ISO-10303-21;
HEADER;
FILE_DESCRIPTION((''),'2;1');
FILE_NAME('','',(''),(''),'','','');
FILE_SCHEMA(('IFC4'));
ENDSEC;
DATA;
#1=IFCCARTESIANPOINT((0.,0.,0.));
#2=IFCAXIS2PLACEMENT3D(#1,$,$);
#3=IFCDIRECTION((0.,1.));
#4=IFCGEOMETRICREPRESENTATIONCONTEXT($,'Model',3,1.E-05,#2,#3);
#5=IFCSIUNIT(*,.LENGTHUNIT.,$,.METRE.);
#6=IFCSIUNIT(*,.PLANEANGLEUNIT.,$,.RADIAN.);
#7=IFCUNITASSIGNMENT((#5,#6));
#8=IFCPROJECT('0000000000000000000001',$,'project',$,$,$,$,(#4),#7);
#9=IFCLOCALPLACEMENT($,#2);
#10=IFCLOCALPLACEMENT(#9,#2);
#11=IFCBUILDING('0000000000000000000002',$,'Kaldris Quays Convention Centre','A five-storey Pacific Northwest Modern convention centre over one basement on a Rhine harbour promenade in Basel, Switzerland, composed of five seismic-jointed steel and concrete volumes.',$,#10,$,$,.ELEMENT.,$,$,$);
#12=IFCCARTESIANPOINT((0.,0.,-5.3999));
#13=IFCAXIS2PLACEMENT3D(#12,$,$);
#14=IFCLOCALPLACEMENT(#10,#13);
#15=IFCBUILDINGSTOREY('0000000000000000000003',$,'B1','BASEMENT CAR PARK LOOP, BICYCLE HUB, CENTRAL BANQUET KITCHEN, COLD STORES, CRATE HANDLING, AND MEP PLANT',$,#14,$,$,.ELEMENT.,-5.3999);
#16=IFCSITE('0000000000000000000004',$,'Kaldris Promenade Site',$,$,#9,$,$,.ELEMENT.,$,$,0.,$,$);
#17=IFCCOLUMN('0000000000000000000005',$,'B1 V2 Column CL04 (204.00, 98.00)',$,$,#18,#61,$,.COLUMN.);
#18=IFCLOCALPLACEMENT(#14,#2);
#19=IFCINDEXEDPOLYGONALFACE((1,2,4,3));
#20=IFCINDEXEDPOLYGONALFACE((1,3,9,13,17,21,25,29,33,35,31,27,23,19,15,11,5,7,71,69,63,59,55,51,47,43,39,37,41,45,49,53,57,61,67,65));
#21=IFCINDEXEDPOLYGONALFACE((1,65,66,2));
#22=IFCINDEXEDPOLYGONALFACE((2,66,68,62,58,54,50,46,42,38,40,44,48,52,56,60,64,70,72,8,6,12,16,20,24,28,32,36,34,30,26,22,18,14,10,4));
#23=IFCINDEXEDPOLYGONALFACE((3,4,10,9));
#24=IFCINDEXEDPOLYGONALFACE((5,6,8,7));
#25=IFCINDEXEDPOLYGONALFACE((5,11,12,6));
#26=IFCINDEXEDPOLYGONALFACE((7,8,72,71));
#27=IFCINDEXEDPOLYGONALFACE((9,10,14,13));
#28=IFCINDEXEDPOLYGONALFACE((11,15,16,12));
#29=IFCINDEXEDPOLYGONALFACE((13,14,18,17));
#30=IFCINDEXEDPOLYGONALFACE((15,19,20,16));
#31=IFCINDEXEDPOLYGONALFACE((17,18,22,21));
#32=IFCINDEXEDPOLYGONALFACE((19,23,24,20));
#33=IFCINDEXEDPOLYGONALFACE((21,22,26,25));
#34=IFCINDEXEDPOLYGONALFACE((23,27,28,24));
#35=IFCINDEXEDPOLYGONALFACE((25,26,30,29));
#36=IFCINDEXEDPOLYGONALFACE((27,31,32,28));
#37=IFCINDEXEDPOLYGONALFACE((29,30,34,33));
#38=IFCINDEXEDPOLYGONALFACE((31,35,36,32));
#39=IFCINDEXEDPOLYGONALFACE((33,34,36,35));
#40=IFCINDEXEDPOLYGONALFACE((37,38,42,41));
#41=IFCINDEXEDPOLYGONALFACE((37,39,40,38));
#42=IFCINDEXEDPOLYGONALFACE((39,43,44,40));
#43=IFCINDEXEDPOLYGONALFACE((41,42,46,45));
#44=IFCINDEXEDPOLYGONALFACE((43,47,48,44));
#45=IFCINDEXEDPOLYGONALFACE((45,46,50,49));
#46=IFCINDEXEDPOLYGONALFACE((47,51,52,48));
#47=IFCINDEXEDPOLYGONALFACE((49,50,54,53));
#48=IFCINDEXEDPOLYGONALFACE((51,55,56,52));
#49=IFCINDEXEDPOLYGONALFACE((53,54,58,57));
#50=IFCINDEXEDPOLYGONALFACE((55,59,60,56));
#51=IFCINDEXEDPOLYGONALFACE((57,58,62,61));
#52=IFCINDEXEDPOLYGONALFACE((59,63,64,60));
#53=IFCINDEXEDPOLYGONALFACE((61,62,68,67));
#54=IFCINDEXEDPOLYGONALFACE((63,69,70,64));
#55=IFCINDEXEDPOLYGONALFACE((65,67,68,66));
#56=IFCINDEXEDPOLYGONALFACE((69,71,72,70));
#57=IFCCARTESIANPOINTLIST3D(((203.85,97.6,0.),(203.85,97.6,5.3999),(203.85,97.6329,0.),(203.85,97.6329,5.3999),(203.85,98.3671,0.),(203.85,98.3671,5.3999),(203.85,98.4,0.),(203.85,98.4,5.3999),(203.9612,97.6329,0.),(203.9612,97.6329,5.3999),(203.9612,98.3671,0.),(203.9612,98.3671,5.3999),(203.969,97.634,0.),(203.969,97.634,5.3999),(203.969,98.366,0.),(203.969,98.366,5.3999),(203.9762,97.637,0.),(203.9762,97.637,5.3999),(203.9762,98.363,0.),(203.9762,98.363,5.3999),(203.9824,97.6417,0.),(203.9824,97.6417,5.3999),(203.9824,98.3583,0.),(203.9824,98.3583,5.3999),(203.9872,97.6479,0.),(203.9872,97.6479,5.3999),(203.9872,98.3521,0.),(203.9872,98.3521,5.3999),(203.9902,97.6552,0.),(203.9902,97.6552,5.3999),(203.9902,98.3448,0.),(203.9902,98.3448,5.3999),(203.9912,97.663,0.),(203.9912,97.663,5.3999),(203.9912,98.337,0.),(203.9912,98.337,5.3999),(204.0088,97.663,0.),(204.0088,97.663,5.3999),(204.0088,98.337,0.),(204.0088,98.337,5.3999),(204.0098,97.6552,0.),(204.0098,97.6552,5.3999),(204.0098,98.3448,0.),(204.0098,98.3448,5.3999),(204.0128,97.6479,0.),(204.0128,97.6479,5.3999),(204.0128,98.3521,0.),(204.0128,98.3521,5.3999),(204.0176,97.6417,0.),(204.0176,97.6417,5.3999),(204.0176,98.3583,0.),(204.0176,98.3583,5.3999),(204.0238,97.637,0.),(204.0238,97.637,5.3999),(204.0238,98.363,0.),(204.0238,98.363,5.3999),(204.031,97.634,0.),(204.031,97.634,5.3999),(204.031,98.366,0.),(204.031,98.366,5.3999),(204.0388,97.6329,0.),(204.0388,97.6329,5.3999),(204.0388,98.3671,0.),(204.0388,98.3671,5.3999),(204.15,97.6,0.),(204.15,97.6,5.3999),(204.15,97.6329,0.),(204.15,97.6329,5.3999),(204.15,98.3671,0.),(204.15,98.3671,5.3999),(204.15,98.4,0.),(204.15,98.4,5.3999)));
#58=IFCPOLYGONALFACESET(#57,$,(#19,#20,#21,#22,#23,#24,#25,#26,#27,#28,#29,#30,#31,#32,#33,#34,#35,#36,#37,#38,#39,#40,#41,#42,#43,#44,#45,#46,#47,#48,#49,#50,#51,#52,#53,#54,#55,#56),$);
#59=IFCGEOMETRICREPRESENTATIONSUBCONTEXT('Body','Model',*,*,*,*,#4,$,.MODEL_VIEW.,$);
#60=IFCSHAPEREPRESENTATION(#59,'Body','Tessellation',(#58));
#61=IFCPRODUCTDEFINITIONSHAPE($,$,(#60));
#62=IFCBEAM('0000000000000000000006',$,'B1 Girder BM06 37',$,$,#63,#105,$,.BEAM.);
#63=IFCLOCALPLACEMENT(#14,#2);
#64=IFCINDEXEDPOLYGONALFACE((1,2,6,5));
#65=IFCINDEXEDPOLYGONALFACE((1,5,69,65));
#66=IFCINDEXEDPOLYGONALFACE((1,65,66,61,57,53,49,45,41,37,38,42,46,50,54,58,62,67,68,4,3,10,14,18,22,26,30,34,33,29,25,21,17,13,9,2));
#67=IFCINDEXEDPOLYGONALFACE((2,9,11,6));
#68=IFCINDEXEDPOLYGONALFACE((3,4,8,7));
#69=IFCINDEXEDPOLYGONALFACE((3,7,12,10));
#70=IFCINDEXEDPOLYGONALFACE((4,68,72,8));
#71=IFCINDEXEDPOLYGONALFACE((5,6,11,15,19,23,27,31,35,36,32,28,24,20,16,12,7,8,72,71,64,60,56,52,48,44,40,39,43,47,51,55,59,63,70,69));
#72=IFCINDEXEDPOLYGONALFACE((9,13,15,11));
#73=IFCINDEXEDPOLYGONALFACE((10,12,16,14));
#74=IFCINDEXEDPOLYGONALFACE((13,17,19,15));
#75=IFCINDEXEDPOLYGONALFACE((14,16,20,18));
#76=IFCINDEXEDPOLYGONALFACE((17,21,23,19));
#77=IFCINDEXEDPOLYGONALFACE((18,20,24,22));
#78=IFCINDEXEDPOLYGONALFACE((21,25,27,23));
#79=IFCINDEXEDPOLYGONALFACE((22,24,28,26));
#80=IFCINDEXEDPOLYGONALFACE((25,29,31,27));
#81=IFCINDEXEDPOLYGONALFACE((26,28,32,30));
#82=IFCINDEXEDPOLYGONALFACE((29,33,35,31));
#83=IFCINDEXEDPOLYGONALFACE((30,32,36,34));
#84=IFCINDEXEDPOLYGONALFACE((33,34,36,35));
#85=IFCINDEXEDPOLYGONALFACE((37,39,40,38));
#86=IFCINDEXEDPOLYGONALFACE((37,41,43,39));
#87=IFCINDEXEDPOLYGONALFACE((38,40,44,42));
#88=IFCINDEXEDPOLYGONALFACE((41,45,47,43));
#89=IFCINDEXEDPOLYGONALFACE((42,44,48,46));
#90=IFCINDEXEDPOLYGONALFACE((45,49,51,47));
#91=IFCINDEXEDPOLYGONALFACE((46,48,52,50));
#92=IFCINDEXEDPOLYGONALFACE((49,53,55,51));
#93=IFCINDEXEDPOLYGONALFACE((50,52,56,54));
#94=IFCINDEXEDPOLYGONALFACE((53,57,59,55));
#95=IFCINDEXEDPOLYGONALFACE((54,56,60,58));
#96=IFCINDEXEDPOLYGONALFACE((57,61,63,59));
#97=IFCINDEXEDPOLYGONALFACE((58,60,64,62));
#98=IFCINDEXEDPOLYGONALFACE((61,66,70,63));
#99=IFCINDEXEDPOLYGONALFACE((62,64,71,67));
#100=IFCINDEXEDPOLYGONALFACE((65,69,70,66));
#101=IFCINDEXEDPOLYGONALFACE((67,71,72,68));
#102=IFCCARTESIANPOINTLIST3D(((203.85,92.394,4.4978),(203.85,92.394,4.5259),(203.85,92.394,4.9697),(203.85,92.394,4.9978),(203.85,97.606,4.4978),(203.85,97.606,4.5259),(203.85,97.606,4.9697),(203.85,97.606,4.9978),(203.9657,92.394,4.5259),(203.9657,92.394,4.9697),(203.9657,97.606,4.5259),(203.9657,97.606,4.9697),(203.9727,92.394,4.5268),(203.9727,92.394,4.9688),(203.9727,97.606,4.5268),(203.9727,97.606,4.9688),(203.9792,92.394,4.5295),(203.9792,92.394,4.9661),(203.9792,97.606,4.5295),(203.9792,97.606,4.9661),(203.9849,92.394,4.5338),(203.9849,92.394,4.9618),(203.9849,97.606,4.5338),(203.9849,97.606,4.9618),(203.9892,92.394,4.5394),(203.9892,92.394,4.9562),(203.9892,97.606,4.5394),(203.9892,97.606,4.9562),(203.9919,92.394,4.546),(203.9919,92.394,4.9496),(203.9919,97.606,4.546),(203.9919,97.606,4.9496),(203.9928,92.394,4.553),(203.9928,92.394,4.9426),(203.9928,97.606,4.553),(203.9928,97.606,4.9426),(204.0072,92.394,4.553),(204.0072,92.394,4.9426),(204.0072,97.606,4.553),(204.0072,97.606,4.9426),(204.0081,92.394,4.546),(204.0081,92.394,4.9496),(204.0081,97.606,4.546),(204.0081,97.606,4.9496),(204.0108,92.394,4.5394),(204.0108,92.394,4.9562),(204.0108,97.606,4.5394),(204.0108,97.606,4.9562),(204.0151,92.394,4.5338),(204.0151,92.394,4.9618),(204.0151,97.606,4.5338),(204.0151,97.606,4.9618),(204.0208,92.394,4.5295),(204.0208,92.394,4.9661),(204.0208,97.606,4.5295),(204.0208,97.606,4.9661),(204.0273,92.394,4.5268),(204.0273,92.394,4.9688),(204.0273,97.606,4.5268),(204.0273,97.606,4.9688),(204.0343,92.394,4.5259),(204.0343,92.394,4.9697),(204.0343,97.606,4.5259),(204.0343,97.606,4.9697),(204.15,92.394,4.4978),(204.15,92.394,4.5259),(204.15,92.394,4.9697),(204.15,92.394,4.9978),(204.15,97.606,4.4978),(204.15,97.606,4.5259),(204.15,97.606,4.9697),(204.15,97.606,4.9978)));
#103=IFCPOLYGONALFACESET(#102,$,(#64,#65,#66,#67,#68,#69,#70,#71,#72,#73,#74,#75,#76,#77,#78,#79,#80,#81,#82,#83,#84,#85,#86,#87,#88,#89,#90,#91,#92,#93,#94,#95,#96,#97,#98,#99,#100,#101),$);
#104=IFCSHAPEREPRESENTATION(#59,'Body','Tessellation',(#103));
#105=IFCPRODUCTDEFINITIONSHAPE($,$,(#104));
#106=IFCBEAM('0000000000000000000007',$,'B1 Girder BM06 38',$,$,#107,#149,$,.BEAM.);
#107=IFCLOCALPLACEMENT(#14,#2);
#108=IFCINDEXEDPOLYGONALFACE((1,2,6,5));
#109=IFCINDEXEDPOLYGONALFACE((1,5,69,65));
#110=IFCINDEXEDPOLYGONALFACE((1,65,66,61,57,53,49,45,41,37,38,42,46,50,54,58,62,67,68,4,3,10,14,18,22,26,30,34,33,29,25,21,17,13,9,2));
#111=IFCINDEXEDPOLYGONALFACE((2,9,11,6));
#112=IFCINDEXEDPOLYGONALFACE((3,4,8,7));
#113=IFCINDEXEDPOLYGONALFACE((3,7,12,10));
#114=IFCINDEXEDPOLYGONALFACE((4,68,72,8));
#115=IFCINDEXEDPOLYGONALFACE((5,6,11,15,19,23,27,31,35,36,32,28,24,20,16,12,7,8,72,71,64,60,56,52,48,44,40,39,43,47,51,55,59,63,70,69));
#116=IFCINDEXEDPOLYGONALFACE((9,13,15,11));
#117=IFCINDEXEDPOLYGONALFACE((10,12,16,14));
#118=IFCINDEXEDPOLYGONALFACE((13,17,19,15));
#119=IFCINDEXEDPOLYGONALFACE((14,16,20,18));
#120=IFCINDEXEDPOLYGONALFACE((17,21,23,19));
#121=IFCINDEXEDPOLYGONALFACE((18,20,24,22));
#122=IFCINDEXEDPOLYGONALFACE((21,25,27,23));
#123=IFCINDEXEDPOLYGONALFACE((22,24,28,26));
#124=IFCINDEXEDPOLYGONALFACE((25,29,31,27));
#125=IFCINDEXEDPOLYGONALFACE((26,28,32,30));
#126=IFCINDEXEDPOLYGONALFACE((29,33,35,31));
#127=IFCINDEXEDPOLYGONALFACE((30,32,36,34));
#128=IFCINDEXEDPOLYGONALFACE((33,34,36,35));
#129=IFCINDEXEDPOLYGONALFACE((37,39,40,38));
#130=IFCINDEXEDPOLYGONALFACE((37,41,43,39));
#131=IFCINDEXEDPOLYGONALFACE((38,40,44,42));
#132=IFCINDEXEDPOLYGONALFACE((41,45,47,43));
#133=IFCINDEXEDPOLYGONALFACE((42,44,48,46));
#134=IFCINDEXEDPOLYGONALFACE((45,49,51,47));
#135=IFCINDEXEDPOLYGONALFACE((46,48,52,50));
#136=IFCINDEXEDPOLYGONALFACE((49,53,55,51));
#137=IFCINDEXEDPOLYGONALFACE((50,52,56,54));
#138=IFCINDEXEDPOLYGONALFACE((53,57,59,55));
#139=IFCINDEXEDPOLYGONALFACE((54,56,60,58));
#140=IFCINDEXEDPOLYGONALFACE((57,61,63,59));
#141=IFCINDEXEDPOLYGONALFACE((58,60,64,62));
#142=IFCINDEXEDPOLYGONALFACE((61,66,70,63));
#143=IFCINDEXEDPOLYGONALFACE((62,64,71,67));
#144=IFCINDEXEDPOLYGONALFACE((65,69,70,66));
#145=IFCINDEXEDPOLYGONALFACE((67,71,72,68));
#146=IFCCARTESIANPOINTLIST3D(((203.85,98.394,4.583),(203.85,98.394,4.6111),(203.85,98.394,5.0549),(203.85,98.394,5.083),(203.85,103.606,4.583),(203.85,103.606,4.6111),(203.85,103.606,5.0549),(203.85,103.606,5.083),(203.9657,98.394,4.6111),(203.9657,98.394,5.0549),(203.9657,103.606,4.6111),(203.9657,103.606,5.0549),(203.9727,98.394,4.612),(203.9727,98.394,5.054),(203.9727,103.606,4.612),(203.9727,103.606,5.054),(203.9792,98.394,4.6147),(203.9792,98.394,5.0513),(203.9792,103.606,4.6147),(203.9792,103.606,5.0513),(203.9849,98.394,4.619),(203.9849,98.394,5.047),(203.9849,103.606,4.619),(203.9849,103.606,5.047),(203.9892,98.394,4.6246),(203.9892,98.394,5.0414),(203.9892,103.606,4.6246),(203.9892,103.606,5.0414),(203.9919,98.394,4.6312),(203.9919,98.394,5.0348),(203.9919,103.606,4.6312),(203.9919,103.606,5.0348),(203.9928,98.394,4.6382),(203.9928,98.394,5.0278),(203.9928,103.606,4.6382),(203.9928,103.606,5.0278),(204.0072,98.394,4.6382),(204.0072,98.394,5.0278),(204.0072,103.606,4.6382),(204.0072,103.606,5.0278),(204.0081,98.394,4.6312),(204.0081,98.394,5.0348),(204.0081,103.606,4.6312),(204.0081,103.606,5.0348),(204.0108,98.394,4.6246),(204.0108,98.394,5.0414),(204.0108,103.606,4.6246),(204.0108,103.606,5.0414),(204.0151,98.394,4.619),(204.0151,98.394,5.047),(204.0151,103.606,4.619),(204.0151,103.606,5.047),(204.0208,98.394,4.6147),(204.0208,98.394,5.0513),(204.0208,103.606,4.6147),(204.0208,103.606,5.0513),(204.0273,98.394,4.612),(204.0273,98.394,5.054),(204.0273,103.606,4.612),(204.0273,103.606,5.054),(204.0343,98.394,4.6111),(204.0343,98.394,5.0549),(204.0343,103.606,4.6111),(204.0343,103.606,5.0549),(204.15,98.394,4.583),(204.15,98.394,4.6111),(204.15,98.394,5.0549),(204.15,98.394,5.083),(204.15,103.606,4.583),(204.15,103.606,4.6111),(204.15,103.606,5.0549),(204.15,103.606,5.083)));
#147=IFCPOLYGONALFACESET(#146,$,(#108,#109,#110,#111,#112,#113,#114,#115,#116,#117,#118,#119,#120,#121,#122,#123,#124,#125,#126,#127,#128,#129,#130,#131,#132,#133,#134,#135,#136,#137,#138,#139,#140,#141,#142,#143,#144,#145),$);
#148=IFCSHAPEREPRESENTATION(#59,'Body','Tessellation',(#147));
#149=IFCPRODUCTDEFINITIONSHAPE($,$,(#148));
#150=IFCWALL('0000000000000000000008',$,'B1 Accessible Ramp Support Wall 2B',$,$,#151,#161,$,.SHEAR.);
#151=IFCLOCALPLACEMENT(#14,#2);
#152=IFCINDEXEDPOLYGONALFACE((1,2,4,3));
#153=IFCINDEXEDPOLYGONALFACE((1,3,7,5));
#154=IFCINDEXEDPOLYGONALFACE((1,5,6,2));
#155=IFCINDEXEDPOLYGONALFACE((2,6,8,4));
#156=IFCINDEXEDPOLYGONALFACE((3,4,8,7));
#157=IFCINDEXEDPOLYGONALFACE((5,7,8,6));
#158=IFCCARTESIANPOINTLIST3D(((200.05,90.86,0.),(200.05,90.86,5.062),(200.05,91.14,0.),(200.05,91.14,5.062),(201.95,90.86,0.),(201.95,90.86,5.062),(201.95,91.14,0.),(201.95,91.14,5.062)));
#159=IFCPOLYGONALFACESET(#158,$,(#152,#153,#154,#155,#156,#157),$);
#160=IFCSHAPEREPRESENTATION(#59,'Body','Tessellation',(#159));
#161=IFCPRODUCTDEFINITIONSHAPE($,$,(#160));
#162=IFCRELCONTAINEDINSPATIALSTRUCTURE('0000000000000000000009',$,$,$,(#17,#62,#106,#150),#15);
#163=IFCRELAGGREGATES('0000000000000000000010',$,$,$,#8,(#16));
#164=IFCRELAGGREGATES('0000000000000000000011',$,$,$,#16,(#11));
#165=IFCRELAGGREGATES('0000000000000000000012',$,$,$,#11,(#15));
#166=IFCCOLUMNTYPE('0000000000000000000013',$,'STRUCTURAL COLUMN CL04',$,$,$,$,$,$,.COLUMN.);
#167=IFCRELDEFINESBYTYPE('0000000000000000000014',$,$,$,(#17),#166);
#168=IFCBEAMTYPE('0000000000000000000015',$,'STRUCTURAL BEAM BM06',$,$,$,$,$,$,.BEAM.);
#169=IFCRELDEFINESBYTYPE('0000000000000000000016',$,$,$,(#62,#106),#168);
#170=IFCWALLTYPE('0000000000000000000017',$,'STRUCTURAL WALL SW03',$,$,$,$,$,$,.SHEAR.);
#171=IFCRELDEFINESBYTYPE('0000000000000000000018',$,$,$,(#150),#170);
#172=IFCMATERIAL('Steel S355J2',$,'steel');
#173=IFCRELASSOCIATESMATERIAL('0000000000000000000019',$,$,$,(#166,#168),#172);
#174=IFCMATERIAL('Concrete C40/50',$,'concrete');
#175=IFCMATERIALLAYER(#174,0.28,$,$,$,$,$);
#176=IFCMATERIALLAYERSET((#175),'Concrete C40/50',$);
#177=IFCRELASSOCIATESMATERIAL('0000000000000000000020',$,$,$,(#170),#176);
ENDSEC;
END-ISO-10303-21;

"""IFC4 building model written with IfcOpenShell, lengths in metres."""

from ifc_helpers import new_model, si_unit, direction, frame, frame_2d, origin, origin_2d, place, context, subcontext, project, spatial, rectangle, i_section, extrude, material, layer, layer_set, material_profile, profile_set, type_object, element, save


model = new_model("IFC4")

# Units and contexts
model_context = context("Model", 3, precision=1e-05, world=origin(), true_north=direction((0.0, 1.0)))
body_context = subcontext(model_context, "Body", "Model", "MODEL_VIEW")
ifc_project = project(units=[si_unit("LENGTHUNIT", "METRE"), si_unit("PLANEANGLEUNIT", "RADIAN")], contexts=[model_context])

# Site, building, storey
site_placement = place(None, origin())
site = spatial("IfcSite", under=ifc_project, at=site_placement, Name="Kaldris Promenade Site", CompositionType="ELEMENT", RefElevation=0.0)
building_placement = place(site_placement, origin())
building = spatial("IfcBuilding", under=site, at=building_placement, Name="Kaldris Quays Convention Centre", Description="A five-storey Pacific Northwest Modern convention centre over one basement on a Rhine harbour promenade in Basel, Switzerland, composed of five seismic-jointed steel and concrete volumes.", CompositionType="ELEMENT")
storey_placement = place(building_placement, frame((0.0, 0.0, -5.3999)))
storey = spatial("IfcBuildingStorey", under=building, at=storey_placement, Name="B1", Description="BASEMENT CAR PARK LOOP, BICYCLE HUB, CENTRAL BANQUET KITCHEN, COLD STORES, CRATE HANDLING, AND MEP PLANT", CompositionType="ELEMENT", Elevation=-5.3999)

# Column
ifc_material_1 = material(Name="Steel S355J2", Category="steel")
ifc_material_profile_1 = material_profile(ifc_material_1, i_section(OverallWidth=0.3, OverallDepth=0.8, WebThickness=0.0176, FlangeThickness=0.033, FilletRadius=0.03, at=origin_2d()), Name="HEB 800")
ifc_profile_set_1 = profile_set([ifc_material_profile_1], Name="Steel S355J2")
column_type = type_object("IfcColumnType", Name="STRUCTURAL COLUMN CL04", PredefinedType="COLUMN", material=ifc_profile_set_1)
for number, where, z_axis, x_axis, name in (
    (1, (204.0, 98.0, 0.0), (0.0, 0.0, 1.0), (1.0, 0.0, 0.0), "B1 V2 Column CL04 (204.00, 98.00)"),
):
    element("IfcColumn", number, at=place(storey_placement, frame(where, z_axis=z_axis, x_axis=x_axis)), inside=storey, type_object=column_type, Name=name, PredefinedType="COLUMN", context=body_context, shape_type="SweptSolid", body=[
        extrude(i_section(OverallWidth=0.3, OverallDepth=0.8, WebThickness=0.0176, FlangeThickness=0.033, FilletRadius=0.03, at=origin_2d()), origin(), (0.0, 0.0, 1.0), 5.3999),
    ])

# Beams
ifc_material_profile_2 = material_profile(ifc_material_1, i_section(OverallWidth=0.3, OverallDepth=0.5, WebThickness=0.0144, FlangeThickness=0.0281, FilletRadius=0.0271, at=origin_2d()), Name="HEB 500")
ifc_profile_set_2 = profile_set([ifc_material_profile_2], Name="Steel S355J2")
beam_type = type_object("IfcBeamType", Name="STRUCTURAL BEAM BM06", PredefinedType="BEAM", material=ifc_profile_set_2)
for number, where, z_axis, x_axis, name in (
    (2, (204.0, 92.394, 4.7478), (0.0, 1.0, 0.0), (-1.0, 0.0, 0.0), "B1 Girder BM06 37"),
    (3, (204.0, 98.394, 4.833), (0.0, 1.0, 0.0), (-1.0, 0.0, 0.0), "B1 Girder BM06 38"),
):
    element("IfcBeam", number, at=place(storey_placement, frame(where, z_axis=z_axis, x_axis=x_axis)), inside=storey, type_object=beam_type, Name=name, PredefinedType="BEAM", context=body_context, shape_type="SweptSolid", body=[
        extrude(i_section(OverallWidth=0.3, OverallDepth=0.5, WebThickness=0.0144, FlangeThickness=0.0281, FilletRadius=0.0271, at=origin_2d()), origin(), (0.0, 0.0, 1.0), 5.2119),
    ])

# Wall
ifc_material_2 = material(Name="Concrete C40/50", Category="concrete")
ifc_layer = layer(ifc_material_2, 0.28)
ifc_layer_set = layer_set([ifc_layer], Name="Concrete C40/50")
wall_type = type_object("IfcWallType", Name="STRUCTURAL WALL SW03", PredefinedType="SHEAR", material=ifc_layer_set)
wall_placement = place(storey_placement, frame((200.05, 91.0, 0.0), z_axis=(0.0, 0.0, 1.0), x_axis=(1.0, 0.0, 0.0)))
element("IfcWall", 4, at=wall_placement, inside=storey, type_object=wall_type, Name="B1 Accessible Ramp Support Wall 2B", PredefinedType="SHEAR", context=body_context, shape_type="SweptSolid", body=[
    extrude(rectangle(XDim=1.8999, YDim=0.28, at=frame_2d((0.95, 0.0))), origin(), (0.0, 0.0, 1.0), 5.062),
])

save(model, "model.ifc")
